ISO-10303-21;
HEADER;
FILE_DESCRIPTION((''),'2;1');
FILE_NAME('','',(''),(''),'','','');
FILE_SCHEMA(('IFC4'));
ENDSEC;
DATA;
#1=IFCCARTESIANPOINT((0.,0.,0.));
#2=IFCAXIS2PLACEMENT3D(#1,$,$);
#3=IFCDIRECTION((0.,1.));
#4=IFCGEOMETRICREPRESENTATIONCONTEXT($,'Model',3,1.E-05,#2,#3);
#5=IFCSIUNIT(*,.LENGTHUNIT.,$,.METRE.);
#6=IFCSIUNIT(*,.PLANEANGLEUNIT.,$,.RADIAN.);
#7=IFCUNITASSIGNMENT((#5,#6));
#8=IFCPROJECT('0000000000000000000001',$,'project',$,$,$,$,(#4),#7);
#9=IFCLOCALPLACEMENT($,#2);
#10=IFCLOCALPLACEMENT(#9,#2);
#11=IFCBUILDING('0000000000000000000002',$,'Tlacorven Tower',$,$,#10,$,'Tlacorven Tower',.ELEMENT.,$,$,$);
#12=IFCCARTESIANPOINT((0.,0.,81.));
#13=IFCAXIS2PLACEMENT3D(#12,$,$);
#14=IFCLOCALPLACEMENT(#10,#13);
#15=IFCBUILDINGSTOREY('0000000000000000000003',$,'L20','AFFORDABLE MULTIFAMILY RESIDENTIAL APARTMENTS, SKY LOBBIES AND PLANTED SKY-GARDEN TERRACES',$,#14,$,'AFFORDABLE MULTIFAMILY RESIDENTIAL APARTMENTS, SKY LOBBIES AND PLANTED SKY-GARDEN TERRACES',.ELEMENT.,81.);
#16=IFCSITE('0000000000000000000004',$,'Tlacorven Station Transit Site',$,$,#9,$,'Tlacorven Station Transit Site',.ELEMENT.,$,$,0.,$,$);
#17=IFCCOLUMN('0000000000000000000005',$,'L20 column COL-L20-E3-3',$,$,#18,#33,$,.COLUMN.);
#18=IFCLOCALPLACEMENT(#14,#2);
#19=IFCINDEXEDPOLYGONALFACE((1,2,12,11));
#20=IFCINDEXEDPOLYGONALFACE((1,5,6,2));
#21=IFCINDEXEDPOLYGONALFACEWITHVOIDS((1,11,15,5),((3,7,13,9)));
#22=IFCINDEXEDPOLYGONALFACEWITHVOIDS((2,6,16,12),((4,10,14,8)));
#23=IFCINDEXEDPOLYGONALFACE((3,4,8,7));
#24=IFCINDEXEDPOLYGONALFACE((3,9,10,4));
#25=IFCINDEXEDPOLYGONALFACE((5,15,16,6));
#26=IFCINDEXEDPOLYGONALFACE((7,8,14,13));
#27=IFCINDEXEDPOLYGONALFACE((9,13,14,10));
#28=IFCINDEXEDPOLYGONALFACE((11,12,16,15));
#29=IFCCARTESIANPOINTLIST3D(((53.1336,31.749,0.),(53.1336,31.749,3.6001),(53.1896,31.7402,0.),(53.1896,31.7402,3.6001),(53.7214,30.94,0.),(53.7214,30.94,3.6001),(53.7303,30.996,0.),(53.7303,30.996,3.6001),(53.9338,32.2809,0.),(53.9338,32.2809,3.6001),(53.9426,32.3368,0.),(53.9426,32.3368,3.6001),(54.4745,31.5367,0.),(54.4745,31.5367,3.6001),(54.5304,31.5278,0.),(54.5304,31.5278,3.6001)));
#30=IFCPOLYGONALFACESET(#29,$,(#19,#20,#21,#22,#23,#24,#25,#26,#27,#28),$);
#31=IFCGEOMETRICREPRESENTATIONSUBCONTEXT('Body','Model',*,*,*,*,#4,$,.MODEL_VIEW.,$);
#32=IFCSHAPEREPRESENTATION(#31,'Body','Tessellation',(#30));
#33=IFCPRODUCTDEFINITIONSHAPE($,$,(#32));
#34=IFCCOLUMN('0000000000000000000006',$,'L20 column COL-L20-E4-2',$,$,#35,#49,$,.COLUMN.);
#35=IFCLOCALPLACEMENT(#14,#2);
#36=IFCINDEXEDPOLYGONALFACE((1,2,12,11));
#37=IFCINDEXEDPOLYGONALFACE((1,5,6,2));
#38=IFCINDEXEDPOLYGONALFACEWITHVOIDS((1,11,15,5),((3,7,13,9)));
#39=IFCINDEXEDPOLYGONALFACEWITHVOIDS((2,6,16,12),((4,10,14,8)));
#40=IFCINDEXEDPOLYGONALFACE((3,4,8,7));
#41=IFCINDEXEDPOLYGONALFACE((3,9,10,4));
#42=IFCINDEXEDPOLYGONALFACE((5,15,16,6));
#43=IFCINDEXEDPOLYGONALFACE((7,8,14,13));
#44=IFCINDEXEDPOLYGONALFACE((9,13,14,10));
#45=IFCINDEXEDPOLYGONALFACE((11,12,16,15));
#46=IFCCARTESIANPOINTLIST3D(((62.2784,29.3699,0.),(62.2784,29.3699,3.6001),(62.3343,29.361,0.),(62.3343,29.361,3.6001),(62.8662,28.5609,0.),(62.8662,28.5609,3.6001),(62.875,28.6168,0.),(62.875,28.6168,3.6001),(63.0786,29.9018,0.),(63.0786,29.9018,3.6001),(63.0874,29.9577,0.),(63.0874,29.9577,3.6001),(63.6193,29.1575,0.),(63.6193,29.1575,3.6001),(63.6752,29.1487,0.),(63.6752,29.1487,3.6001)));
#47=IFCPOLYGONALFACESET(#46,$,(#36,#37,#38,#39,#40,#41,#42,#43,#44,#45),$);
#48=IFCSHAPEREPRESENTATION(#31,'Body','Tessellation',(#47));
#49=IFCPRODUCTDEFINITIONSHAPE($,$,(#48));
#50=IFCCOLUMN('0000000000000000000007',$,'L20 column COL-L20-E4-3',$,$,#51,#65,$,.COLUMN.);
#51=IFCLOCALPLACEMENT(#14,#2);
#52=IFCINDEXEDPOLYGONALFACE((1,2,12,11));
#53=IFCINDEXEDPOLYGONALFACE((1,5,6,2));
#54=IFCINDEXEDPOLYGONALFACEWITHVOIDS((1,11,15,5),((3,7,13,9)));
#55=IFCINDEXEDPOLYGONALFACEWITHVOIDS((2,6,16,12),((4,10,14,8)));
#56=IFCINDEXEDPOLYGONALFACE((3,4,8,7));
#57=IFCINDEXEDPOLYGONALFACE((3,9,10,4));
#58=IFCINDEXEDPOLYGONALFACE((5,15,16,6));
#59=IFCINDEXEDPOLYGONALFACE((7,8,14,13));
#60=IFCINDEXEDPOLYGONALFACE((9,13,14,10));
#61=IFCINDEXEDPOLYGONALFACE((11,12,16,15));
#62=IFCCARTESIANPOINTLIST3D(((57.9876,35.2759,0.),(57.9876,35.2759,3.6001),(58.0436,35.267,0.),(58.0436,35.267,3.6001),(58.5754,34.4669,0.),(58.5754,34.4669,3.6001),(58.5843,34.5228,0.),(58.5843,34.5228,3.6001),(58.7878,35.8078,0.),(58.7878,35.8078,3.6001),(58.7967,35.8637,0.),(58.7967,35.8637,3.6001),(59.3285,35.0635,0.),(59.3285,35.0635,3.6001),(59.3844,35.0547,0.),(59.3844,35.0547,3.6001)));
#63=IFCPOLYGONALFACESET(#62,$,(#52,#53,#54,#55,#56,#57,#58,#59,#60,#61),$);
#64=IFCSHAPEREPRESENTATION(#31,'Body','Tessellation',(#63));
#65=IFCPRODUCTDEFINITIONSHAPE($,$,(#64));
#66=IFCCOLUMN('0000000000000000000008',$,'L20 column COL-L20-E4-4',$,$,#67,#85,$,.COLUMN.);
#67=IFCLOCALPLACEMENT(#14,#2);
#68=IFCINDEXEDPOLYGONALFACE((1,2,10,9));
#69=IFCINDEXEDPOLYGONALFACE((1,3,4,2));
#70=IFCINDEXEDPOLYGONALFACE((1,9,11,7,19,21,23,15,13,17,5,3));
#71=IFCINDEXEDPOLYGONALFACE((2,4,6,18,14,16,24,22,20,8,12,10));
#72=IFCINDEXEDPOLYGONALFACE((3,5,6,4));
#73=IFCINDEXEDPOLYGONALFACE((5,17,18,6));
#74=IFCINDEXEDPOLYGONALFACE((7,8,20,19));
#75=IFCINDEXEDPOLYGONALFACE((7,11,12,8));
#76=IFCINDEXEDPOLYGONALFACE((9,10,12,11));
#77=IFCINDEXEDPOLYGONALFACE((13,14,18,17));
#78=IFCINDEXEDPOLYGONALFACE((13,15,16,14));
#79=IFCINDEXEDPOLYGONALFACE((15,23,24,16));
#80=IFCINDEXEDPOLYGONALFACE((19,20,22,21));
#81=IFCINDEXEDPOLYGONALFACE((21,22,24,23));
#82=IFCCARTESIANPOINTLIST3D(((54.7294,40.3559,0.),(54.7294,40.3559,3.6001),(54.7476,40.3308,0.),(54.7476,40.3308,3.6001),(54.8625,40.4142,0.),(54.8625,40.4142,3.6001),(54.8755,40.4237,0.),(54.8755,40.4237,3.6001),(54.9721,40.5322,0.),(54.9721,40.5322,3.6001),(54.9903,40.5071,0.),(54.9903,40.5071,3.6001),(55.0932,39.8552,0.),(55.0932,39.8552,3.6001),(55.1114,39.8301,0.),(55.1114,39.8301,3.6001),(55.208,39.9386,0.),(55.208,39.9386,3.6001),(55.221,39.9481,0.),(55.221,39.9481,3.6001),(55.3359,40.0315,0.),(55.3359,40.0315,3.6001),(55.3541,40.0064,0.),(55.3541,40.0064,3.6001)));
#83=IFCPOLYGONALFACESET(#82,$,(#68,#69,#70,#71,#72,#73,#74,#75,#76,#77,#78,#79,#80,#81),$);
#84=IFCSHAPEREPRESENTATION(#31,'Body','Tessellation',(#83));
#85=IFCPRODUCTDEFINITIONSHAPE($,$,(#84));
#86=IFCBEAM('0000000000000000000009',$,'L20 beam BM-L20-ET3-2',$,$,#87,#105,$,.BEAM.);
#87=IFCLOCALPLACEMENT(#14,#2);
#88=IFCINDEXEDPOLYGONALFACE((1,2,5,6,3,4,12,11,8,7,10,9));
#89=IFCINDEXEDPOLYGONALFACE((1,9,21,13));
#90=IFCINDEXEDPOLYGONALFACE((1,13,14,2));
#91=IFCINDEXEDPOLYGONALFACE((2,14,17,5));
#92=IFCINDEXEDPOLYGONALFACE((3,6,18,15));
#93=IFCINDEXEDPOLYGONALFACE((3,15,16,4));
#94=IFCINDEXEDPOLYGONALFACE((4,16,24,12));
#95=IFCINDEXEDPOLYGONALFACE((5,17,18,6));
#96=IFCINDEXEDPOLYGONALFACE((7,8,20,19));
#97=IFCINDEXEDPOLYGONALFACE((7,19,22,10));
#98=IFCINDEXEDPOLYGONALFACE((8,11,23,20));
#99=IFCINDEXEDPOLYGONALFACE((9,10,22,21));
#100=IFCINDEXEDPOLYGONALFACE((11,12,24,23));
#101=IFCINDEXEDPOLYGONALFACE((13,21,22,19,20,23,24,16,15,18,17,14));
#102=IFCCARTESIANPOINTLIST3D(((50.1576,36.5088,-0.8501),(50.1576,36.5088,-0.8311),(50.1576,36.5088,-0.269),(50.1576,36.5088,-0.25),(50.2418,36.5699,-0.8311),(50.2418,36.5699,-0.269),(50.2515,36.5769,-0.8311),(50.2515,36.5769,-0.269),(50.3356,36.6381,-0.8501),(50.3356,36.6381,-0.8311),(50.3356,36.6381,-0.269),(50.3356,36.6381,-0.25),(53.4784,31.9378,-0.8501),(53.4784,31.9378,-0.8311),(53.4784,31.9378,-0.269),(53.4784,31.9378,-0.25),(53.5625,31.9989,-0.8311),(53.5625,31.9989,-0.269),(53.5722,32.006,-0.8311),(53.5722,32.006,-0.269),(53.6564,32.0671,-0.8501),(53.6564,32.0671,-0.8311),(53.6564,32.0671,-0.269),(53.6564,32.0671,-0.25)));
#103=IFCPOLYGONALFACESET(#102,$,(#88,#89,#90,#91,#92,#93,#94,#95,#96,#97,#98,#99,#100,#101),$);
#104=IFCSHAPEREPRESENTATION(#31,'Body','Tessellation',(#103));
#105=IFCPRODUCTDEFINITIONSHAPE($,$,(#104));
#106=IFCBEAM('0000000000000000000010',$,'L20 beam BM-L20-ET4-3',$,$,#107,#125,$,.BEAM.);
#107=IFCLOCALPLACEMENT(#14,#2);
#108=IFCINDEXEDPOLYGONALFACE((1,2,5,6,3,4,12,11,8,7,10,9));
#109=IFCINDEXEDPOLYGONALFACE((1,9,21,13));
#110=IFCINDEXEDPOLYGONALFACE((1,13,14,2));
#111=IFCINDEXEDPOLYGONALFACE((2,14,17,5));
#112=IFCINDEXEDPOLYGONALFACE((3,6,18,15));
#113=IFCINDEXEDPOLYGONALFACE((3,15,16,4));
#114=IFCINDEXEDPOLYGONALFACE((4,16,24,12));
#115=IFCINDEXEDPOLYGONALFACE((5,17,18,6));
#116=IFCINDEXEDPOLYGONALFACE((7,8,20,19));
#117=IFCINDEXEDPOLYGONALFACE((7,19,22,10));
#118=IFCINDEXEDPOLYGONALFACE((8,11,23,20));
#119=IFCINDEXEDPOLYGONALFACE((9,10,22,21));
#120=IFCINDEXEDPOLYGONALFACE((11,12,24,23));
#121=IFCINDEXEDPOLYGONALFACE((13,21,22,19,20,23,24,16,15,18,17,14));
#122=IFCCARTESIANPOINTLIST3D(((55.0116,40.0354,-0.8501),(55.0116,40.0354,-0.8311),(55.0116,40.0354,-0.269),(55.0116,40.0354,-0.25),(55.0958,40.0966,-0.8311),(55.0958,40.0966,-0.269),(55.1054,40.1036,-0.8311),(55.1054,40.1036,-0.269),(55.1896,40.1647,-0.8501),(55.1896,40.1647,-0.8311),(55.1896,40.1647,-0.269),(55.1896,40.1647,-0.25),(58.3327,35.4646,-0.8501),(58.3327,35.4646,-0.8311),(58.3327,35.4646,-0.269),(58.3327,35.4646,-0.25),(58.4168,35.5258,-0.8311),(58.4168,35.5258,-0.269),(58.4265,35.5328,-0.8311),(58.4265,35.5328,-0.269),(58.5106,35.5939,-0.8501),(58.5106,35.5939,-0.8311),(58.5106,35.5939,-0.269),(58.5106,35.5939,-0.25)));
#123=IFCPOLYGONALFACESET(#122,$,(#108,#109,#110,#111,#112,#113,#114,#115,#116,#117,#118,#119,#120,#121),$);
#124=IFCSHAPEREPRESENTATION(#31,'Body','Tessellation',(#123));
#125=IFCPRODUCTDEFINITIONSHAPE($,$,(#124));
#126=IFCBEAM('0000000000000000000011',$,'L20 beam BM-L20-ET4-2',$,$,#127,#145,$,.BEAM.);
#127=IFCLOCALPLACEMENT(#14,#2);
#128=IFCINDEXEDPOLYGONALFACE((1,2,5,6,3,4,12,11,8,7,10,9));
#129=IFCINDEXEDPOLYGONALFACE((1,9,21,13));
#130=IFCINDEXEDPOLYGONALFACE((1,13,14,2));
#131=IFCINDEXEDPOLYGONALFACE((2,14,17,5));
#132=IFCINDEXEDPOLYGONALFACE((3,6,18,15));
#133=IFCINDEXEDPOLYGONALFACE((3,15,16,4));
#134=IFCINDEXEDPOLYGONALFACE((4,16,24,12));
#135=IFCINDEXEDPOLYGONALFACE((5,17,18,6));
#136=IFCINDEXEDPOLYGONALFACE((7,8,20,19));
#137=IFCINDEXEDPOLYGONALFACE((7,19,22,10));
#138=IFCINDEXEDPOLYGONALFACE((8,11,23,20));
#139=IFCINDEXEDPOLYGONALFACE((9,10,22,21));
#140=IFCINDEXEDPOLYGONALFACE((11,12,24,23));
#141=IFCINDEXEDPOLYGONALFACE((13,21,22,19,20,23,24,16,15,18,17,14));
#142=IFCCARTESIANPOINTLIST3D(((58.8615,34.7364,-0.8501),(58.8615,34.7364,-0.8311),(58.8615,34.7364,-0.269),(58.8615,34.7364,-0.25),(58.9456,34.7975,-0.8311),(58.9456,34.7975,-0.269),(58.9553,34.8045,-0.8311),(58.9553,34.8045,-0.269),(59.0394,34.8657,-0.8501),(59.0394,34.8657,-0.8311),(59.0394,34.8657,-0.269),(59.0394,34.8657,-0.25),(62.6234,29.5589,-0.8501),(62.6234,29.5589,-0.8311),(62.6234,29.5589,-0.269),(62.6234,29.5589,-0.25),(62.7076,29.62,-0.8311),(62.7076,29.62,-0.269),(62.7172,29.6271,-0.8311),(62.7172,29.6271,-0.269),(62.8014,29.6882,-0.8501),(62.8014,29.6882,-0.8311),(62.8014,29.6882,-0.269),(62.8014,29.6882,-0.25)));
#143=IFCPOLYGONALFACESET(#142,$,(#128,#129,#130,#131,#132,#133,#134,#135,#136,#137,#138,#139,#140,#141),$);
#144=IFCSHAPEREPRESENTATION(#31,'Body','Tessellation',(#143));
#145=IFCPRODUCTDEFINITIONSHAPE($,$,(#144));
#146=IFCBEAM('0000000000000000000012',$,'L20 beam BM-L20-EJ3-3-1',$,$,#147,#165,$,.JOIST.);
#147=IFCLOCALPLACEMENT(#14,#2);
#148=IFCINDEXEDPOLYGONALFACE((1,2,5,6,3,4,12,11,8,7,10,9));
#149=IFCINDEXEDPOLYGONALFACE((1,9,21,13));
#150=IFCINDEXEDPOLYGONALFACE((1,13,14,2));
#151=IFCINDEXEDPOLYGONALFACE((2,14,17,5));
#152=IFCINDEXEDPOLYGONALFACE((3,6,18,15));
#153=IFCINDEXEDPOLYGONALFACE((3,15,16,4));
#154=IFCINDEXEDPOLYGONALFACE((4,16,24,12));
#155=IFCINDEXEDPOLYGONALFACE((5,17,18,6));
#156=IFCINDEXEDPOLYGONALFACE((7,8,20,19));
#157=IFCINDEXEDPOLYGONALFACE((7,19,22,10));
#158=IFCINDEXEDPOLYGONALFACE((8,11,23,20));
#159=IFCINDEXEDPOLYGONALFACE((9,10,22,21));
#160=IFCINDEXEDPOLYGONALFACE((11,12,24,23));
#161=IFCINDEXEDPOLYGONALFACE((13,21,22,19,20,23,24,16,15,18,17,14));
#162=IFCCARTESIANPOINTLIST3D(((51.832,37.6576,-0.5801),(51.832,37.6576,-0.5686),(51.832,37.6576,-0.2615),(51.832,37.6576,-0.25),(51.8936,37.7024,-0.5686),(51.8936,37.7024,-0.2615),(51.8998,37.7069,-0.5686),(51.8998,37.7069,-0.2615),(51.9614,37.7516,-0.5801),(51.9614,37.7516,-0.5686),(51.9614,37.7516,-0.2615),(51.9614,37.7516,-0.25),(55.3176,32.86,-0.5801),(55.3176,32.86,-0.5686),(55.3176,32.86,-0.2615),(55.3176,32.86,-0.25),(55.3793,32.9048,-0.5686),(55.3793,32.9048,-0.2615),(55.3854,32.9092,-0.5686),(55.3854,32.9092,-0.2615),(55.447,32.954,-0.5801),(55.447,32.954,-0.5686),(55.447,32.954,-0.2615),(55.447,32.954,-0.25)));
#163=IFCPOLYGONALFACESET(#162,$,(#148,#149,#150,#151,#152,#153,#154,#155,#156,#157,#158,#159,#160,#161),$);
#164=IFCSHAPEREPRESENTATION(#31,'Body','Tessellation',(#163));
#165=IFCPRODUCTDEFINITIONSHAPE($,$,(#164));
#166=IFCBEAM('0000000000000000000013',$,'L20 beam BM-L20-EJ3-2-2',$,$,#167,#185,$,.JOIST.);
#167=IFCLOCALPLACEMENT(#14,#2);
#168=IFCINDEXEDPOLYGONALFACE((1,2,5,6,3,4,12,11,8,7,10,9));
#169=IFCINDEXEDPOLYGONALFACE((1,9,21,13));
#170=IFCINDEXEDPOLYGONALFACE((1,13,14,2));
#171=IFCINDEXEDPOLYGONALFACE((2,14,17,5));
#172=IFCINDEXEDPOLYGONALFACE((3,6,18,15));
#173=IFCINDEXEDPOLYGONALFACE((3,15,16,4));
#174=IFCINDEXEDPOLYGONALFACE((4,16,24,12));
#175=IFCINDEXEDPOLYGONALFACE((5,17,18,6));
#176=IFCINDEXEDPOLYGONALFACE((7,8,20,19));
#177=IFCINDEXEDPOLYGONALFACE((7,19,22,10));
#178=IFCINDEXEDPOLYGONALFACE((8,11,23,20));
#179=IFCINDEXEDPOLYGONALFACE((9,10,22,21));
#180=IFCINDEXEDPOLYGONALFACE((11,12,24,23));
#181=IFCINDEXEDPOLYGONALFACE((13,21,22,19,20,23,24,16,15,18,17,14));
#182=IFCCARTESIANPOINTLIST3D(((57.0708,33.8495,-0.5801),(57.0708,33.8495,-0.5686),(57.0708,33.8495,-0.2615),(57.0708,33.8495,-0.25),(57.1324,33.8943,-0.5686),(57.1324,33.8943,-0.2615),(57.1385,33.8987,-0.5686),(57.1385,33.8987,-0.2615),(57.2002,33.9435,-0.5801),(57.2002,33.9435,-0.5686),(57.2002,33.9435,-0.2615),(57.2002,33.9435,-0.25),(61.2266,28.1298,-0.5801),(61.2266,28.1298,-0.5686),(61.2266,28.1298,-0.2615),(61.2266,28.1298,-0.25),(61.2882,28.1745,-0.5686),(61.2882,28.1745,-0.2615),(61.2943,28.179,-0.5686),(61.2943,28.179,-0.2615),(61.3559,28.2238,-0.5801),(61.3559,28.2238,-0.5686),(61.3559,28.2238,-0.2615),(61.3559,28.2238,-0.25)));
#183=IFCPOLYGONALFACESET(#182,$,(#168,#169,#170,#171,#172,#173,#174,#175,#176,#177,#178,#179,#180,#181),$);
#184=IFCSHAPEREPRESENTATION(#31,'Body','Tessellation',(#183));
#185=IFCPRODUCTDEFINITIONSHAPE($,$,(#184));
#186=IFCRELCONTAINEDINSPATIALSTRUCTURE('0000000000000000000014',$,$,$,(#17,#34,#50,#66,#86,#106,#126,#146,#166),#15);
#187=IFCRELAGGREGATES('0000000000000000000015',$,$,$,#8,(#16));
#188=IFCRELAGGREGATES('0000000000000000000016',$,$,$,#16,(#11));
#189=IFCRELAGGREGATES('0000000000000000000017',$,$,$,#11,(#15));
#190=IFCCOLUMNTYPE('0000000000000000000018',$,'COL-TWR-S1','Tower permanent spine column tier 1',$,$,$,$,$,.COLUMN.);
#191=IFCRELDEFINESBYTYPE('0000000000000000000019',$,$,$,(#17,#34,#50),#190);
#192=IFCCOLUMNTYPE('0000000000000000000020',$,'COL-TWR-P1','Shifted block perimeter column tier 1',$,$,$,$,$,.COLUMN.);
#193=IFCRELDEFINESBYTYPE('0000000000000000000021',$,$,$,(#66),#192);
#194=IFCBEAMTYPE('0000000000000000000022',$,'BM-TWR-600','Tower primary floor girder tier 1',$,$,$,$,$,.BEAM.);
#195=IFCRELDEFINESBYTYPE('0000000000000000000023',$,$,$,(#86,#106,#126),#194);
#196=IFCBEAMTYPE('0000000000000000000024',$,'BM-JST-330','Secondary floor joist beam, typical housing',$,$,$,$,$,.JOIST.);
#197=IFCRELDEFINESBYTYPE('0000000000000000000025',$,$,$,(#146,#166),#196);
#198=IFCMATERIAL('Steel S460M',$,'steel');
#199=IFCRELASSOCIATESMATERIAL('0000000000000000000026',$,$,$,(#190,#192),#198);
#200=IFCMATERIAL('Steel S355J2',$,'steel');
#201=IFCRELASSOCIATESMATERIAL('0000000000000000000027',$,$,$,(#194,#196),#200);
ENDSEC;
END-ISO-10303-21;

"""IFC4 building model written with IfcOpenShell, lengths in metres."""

from ifc_helpers import new_model, si_unit, direction, frame, origin, origin_2d, place, context, subcontext, project, spatial, hollow_rectangle, i_section, extrude, source, transform, mapped, material, material_profile, profile_set, type_object, element, save


model = new_model("IFC4")

# Units and contexts
model_context = context("Model", 3, precision=1e-05, world=origin(), true_north=direction((0.0, 1.0)))
body_context = subcontext(model_context, "Body", "Model", "MODEL_VIEW")
ifc_project = project(units=[si_unit("LENGTHUNIT", "METRE"), si_unit("PLANEANGLEUNIT", "RADIAN")], contexts=[model_context])

# Site, building, storey
site_placement = place(None, origin())
site = spatial("IfcSite", under=ifc_project, at=site_placement, Name="Tlacorven Station Transit Site", LongName="Tlacorven Station Transit Site", CompositionType="ELEMENT", RefElevation=0.0)
building_placement = place(site_placement, origin())
building = spatial("IfcBuilding", under=site, at=building_placement, Name="Tlacorven Tower", LongName="Tlacorven Tower", CompositionType="ELEMENT")
storey_placement = place(building_placement, frame((0.0, 0.0, 81.0)))
storey = spatial("IfcBuildingStorey", under=building, at=storey_placement, Name="L20", Description="AFFORDABLE MULTIFAMILY RESIDENTIAL APARTMENTS, SKY LOBBIES AND PLANTED SKY-GARDEN TERRACES", LongName="AFFORDABLE MULTIFAMILY RESIDENTIAL APARTMENTS, SKY LOBBIES AND PLANTED SKY-GARDEN TERRACES", CompositionType="ELEMENT", Elevation=81.0)

# Columns
ifc_material_1 = material(Name="Steel S460M", Category="steel")
ifc_material_profile_1 = material_profile(ifc_material_1, hollow_rectangle(XDim=1.0, YDim=1.0, WallThickness=0.04, at=origin_2d()), Name="BOX 1000X1000X40")
ifc_profile_set_1 = profile_set([ifc_material_profile_1], Name="Steel S460M")
column_type_1 = type_object("IfcColumnType", Name="COL-TWR-S1", Description="Tower permanent spine column tier 1", PredefinedType="COLUMN", material=ifc_profile_set_1)
shared_shape_1 = source(origin(), body_context, "Body", "SweptSolid", [
    extrude(hollow_rectangle(XDim=1.0, YDim=1.0, WallThickness=0.04, at=origin_2d()), origin(), (0.0, 0.0, 1.0), 3.6001),
])
for number, where, z_axis, x_axis, name in (
    (1, (53.832, 31.6384, 0.0), (0.0, 0.0, 1.0), (0.809017, 0.587785, 0.0), "L20 column COL-L20-E3-3"),
    (2, (62.9768, 29.2593, 0.0), (0.0, 0.0, 1.0), (0.809017, 0.587785, 0.0), "L20 column COL-L20-E4-2"),
    (3, (58.686, 35.1653, 0.0), (0.0, 0.0, 1.0), (0.809017, 0.587785, 0.0), "L20 column COL-L20-E4-3"),
):
    element("IfcColumn", number, at=place(storey_placement, frame(where, z_axis=z_axis, x_axis=x_axis)), inside=storey, type_object=column_type_1, Name=name, PredefinedType="COLUMN", context=body_context, shape_type="MappedRepresentation", body=[
        mapped(shared_shape_1, transform((0.0, 0.0, 0.0), scale=1.0)),
    ])
ifc_material_profile_2 = material_profile(ifc_material_1, i_section(OverallWidth=0.3, OverallDepth=0.6499, WebThickness=0.0161, FlangeThickness=0.031, at=origin_2d()), Name="HEB 650")
ifc_profile_set_2 = profile_set([ifc_material_profile_2], Name="Steel S460M")
column_type_2 = type_object("IfcColumnType", Name="COL-TWR-P1", Description="Shifted block perimeter column tier 1", PredefinedType="COLUMN", material=ifc_profile_set_2)
shared_shape_2 = source(origin(), body_context, "Body", "SweptSolid", [
    extrude(i_section(OverallWidth=0.3, OverallDepth=0.6499, WebThickness=0.0161, FlangeThickness=0.031, at=origin_2d()), origin(), (0.0, 0.0, 1.0), 3.6001),
])
column_placement = place(storey_placement, frame((55.0417, 40.1812, 0.0), z_axis=(0.0, 0.0, 1.0), x_axis=(0.809017, 0.587785, 0.0)))
element("IfcColumn", 4, at=column_placement, inside=storey, type_object=column_type_2, Name="L20 column COL-L20-E4-4", PredefinedType="COLUMN", context=body_context, shape_type="MappedRepresentation", body=[
    mapped(shared_shape_2, transform((0.0, 0.0, 0.0), scale=1.0)),
])

# Beams
ifc_material_2 = material(Name="Steel S355J2", Category="steel")
ifc_material_profile_3 = material_profile(ifc_material_2, i_section(OverallWidth=0.22, OverallDepth=0.6001, WebThickness=0.012, FlangeThickness=0.019, at=origin_2d()), Name="IPE 600")
ifc_profile_set_3 = profile_set([ifc_material_profile_3], Name="Steel S355J2")
beam_type_1 = type_object("IfcBeamType", Name="BM-TWR-600", Description="Tower primary floor girder tier 1", PredefinedType="BEAM", material=ifc_profile_set_3)
shared_shape_3 = source(origin(), body_context, "Body", "SweptSolid", [
    extrude(i_section(OverallWidth=0.22, OverallDepth=0.6001, WebThickness=0.012, FlangeThickness=0.019, at=origin_2d()), origin(), (0.0, 0.0, 1.0), 5.6499),
])
for number, where, z_axis, x_axis, name in (
    (5, (53.5674, 32.0024, -0.55), (-0.587755, 0.809039, 0.0), (-0.809039, -0.587755, 0.0), "L20 beam BM-L20-ET3-2"),
    (6, (58.4216, 35.5293, -0.55), (-0.587804, 0.809003, 0.0), (-0.809003, -0.587804, 0.0), "L20 beam BM-L20-ET4-3"),
):
    element("IfcBeam", number, at=place(storey_placement, frame(where, z_axis=z_axis, x_axis=x_axis)), inside=storey, type_object=beam_type_1, Name=name, PredefinedType="BEAM", context=body_context, shape_type="MappedRepresentation", body=[
        mapped(shared_shape_3, transform((0.0, 0.0, 0.0), scale=1.0)),
    ])
shared_shape_4 = source(origin(), body_context, "Body", "SweptSolid", [
    extrude(i_section(OverallWidth=0.22, OverallDepth=0.6001, WebThickness=0.012, FlangeThickness=0.019, at=origin_2d()), origin(), (0.0, 0.0, 1.0), 6.3999),
])
beam_1_placement = place(storey_placement, frame((62.7124, 29.6235, -0.55), z_axis=(-0.587816, 0.808995, 0.0), x_axis=(-0.808995, -0.587816, 0.0)))
element("IfcBeam", 7, at=beam_1_placement, inside=storey, type_object=beam_type_1, Name="L20 beam BM-L20-ET4-2", PredefinedType="BEAM", context=body_context, shape_type="MappedRepresentation", body=[
    mapped(shared_shape_4, transform((0.0, 0.0, 0.0), scale=1.0)),
])
ifc_material_profile_4 = material_profile(ifc_material_2, i_section(OverallWidth=0.1599, OverallDepth=0.3301, WebThickness=0.0076, FlangeThickness=0.0115, at=origin_2d()), Name="IPE 330")
ifc_profile_set_4 = profile_set([ifc_material_profile_4], Name="Steel S355J2")
beam_type_2 = type_object("IfcBeamType", Name="BM-JST-330", Description="Secondary floor joist beam, typical housing", PredefinedType="JOIST", material=ifc_profile_set_4)
shared_shape_5 = source(origin(), body_context, "Body", "SweptSolid", [
    extrude(i_section(OverallWidth=0.1599, OverallDepth=0.3301, WebThickness=0.0076, FlangeThickness=0.0115, at=origin_2d()), origin(), (0.0, 0.0, 1.0), 5.9302),
])
beam_2_placement = place(storey_placement, frame((55.3823, 32.907, -0.415), z_axis=(-0.587778, 0.809023, 0.0), x_axis=(-0.809023, -0.587778, 0.0)))
element("IfcBeam", 8, at=beam_2_placement, inside=storey, type_object=beam_type_2, Name="L20 beam BM-L20-EJ3-3-1", PredefinedType="JOIST", context=body_context, shape_type="MappedRepresentation", body=[
    mapped(shared_shape_5, transform((0.0, 0.0, 0.0), scale=1.0)),
])
shared_shape_6 = source(origin(), body_context, "Body", "SweptSolid", [
    extrude(i_section(OverallWidth=0.1599, OverallDepth=0.3301, WebThickness=0.0076, FlangeThickness=0.0115, at=origin_2d()), origin(), (0.0, 0.0, 1.0), 7.0701),
])
beam_3_placement = place(storey_placement, frame((61.2913, 28.1768, -0.415), z_axis=(-0.587798, 0.809008, 0.0), x_axis=(-0.809008, -0.587798, 0.0)))
element("IfcBeam", 9, at=beam_3_placement, inside=storey, type_object=beam_type_2, Name="L20 beam BM-L20-EJ3-2-2", PredefinedType="JOIST", context=body_context, shape_type="MappedRepresentation", body=[
    mapped(shared_shape_6, transform((0.0, 0.0, 0.0), scale=1.0)),
])

save(model, "model.ifc")
